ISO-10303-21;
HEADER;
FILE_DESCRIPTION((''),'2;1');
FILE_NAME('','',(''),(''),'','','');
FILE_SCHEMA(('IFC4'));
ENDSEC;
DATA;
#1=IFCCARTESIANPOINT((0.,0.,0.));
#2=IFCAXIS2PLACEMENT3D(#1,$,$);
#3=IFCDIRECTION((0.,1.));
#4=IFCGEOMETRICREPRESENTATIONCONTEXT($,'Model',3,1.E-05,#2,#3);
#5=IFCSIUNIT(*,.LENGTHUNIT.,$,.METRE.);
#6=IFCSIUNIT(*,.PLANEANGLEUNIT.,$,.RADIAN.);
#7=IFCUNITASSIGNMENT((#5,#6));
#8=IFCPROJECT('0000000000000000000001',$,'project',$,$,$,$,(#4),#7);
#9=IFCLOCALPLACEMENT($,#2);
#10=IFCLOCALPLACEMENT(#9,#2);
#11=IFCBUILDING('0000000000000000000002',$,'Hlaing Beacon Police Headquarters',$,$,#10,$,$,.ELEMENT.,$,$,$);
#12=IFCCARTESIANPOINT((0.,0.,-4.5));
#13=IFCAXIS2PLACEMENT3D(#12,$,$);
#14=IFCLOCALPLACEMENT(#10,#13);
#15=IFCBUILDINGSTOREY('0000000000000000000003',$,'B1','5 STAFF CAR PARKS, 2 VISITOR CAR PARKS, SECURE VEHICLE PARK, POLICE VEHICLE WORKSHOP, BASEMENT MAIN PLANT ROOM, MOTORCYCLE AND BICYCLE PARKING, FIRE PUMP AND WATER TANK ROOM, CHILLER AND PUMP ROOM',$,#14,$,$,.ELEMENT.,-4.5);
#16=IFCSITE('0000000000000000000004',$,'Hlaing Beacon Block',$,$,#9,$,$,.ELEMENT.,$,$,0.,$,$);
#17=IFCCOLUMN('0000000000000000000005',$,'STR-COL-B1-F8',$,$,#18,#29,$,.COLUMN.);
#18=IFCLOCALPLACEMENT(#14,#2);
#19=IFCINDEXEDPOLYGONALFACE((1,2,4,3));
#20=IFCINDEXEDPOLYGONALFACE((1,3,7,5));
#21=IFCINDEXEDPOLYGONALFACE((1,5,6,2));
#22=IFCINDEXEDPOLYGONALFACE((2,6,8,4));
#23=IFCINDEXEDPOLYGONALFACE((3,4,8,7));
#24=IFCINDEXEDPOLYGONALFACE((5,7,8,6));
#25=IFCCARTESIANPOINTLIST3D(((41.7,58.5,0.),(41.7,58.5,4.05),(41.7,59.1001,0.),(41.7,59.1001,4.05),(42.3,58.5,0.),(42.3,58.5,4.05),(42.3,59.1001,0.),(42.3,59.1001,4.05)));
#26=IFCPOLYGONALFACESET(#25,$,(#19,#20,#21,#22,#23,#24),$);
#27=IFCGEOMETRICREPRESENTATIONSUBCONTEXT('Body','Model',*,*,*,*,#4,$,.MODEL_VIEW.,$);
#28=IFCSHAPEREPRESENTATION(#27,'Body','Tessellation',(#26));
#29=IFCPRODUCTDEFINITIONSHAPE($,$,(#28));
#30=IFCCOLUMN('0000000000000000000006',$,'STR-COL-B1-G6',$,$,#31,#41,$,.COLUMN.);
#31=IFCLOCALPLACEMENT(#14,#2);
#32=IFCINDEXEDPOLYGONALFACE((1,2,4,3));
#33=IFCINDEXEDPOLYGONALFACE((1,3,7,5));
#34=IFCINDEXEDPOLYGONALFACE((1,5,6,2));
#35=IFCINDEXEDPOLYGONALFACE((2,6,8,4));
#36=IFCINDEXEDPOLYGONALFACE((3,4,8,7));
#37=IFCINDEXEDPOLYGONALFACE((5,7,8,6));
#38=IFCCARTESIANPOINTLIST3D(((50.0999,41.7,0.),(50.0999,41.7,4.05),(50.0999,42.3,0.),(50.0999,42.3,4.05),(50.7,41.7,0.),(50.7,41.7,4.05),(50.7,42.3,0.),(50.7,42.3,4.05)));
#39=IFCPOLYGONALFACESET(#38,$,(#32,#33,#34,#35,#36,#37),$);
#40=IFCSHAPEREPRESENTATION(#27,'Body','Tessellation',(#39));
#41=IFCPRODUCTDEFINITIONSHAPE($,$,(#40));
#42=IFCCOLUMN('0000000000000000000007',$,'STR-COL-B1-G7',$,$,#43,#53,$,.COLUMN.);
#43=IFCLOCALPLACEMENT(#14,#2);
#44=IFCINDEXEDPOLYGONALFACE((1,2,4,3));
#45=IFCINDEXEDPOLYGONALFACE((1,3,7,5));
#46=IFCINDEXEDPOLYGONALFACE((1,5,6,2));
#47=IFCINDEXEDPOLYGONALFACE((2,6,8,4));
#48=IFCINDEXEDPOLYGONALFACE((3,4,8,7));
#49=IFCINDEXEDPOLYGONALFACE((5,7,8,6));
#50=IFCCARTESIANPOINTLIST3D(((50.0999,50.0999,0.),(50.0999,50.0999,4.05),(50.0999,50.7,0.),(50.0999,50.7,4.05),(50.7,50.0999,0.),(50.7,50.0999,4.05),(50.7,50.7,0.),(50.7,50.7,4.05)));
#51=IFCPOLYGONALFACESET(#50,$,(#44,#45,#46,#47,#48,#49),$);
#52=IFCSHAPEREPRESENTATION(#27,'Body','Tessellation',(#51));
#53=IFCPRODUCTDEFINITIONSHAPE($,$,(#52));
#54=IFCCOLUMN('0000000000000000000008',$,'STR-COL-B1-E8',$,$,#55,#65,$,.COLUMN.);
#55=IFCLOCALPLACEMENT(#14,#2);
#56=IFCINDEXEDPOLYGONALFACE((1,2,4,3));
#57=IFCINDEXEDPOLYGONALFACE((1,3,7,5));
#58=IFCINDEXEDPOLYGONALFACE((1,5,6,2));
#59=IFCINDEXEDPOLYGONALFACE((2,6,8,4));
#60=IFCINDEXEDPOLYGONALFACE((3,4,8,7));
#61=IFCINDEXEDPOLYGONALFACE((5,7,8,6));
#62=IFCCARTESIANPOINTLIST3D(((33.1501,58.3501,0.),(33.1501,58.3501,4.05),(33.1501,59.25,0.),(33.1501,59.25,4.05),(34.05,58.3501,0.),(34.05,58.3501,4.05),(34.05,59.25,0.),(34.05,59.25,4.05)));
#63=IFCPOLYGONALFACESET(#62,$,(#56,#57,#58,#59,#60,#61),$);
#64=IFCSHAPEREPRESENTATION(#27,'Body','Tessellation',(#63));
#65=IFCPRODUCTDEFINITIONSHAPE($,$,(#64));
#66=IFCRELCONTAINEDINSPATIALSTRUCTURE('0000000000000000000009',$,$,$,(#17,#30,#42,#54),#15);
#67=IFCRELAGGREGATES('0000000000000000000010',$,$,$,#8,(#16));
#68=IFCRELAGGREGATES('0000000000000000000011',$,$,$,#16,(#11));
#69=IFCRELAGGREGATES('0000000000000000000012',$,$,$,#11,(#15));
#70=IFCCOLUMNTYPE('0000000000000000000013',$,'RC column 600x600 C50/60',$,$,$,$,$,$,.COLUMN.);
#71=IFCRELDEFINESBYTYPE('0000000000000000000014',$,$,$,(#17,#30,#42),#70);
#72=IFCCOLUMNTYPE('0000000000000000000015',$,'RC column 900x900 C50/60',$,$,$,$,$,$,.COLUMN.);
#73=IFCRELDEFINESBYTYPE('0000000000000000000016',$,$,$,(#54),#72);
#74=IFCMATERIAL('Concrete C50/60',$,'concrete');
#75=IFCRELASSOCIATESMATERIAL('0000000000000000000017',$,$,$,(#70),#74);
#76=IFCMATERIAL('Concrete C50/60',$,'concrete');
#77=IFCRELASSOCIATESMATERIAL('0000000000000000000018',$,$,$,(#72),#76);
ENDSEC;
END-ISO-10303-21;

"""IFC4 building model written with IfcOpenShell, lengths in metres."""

from ifc_helpers import new_model, si_unit, direction, frame, origin, origin_2d, place, context, subcontext, project, spatial, rectangle, extrude, material, material_profile, profile_set, type_object, element, save


model = new_model("IFC4")

# Units and contexts
model_context = context("Model", 3, precision=1e-05, world=origin(), true_north=direction((0.0, 1.0)))
body_context = subcontext(model_context, "Body", "Model", "MODEL_VIEW")
ifc_project = project(units=[si_unit("LENGTHUNIT", "METRE"), si_unit("PLANEANGLEUNIT", "RADIAN")], contexts=[model_context])

# Site, building, storey
site_placement = place(None, origin())
site = spatial("IfcSite", under=ifc_project, at=site_placement, Name="Hlaing Beacon Block", CompositionType="ELEMENT", RefElevation=0.0)
building_placement = place(site_placement, origin())
building = spatial("IfcBuilding", under=site, at=building_placement, Name="Hlaing Beacon Police Headquarters", CompositionType="ELEMENT")
storey_placement = place(building_placement, frame((0.0, 0.0, -4.5)))
storey = spatial("IfcBuildingStorey", under=building, at=storey_placement, Name="B1", Description="5 STAFF CAR PARKS, 2 VISITOR CAR PARKS, SECURE VEHICLE PARK, POLICE VEHICLE WORKSHOP, BASEMENT MAIN PLANT ROOM, MOTORCYCLE AND BICYCLE PARKING, FIRE PUMP AND WATER TANK ROOM, CHILLER AND PUMP ROOM", CompositionType="ELEMENT", Elevation=-4.5)

# Columns
ifc_material_1 = material(Name="Concrete C50/60", Category="concrete")
ifc_material_profile_1 = material_profile(ifc_material_1, rectangle(XDim=0.6001, YDim=0.6001, at=origin_2d()), Name="600x600")
ifc_profile_set_1 = profile_set([ifc_material_profile_1], Name="Concrete C50/60")
column_type_1 = type_object("IfcColumnType", Name="RC column 600x600 C50/60", PredefinedType="COLUMN", material=ifc_profile_set_1)
for number, where, z_axis, x_axis, name in (
    (1, (42.0, 58.8, 0.0), (0.0, 0.0, 1.0), (1.0, 0.0, 0.0), "STR-COL-B1-F8"),
    (2, (50.3999, 42.0, 0.0), (0.0, 0.0, 1.0), (1.0, 0.0, 0.0), "STR-COL-B1-G6"),
    (3, (50.3999, 50.3999, 0.0), (0.0, 0.0, 1.0), (1.0, 0.0, 0.0), "STR-COL-B1-G7"),
):
    element("IfcColumn", number, at=place(storey_placement, frame(where, z_axis=z_axis, x_axis=x_axis)), inside=storey, type_object=column_type_1, Name=name, PredefinedType="COLUMN", context=body_context, shape_type="SweptSolid", body=[
        extrude(rectangle(XDim=0.6001, YDim=0.6001, at=origin_2d()), origin(), (0.0, 0.0, 1.0), 4.05),
    ])
ifc_material_2 = material(Name="Concrete C50/60", Category="concrete")
ifc_material_profile_2 = material_profile(ifc_material_2, rectangle(XDim=0.8999, YDim=0.8999, at=origin_2d()), Name="900x900")
ifc_profile_set_2 = profile_set([ifc_material_profile_2], Name="Concrete C50/60")
column_type_2 = type_object("IfcColumnType", Name="RC column 900x900 C50/60", PredefinedType="COLUMN", material=ifc_profile_set_2)
column_placement = place(storey_placement, frame((33.6001, 58.8, 0.0), z_axis=(0.0, 0.0, 1.0), x_axis=(1.0, 0.0, 0.0)))
element("IfcColumn", 4, at=column_placement, inside=storey, type_object=column_type_2, Name="STR-COL-B1-E8", PredefinedType="COLUMN", context=body_context, shape_type="SweptSolid", body=[
    extrude(rectangle(XDim=0.8999, YDim=0.8999, at=origin_2d()), origin(), (0.0, 0.0, 1.0), 4.05),
])

save(model, "model.ifc")
